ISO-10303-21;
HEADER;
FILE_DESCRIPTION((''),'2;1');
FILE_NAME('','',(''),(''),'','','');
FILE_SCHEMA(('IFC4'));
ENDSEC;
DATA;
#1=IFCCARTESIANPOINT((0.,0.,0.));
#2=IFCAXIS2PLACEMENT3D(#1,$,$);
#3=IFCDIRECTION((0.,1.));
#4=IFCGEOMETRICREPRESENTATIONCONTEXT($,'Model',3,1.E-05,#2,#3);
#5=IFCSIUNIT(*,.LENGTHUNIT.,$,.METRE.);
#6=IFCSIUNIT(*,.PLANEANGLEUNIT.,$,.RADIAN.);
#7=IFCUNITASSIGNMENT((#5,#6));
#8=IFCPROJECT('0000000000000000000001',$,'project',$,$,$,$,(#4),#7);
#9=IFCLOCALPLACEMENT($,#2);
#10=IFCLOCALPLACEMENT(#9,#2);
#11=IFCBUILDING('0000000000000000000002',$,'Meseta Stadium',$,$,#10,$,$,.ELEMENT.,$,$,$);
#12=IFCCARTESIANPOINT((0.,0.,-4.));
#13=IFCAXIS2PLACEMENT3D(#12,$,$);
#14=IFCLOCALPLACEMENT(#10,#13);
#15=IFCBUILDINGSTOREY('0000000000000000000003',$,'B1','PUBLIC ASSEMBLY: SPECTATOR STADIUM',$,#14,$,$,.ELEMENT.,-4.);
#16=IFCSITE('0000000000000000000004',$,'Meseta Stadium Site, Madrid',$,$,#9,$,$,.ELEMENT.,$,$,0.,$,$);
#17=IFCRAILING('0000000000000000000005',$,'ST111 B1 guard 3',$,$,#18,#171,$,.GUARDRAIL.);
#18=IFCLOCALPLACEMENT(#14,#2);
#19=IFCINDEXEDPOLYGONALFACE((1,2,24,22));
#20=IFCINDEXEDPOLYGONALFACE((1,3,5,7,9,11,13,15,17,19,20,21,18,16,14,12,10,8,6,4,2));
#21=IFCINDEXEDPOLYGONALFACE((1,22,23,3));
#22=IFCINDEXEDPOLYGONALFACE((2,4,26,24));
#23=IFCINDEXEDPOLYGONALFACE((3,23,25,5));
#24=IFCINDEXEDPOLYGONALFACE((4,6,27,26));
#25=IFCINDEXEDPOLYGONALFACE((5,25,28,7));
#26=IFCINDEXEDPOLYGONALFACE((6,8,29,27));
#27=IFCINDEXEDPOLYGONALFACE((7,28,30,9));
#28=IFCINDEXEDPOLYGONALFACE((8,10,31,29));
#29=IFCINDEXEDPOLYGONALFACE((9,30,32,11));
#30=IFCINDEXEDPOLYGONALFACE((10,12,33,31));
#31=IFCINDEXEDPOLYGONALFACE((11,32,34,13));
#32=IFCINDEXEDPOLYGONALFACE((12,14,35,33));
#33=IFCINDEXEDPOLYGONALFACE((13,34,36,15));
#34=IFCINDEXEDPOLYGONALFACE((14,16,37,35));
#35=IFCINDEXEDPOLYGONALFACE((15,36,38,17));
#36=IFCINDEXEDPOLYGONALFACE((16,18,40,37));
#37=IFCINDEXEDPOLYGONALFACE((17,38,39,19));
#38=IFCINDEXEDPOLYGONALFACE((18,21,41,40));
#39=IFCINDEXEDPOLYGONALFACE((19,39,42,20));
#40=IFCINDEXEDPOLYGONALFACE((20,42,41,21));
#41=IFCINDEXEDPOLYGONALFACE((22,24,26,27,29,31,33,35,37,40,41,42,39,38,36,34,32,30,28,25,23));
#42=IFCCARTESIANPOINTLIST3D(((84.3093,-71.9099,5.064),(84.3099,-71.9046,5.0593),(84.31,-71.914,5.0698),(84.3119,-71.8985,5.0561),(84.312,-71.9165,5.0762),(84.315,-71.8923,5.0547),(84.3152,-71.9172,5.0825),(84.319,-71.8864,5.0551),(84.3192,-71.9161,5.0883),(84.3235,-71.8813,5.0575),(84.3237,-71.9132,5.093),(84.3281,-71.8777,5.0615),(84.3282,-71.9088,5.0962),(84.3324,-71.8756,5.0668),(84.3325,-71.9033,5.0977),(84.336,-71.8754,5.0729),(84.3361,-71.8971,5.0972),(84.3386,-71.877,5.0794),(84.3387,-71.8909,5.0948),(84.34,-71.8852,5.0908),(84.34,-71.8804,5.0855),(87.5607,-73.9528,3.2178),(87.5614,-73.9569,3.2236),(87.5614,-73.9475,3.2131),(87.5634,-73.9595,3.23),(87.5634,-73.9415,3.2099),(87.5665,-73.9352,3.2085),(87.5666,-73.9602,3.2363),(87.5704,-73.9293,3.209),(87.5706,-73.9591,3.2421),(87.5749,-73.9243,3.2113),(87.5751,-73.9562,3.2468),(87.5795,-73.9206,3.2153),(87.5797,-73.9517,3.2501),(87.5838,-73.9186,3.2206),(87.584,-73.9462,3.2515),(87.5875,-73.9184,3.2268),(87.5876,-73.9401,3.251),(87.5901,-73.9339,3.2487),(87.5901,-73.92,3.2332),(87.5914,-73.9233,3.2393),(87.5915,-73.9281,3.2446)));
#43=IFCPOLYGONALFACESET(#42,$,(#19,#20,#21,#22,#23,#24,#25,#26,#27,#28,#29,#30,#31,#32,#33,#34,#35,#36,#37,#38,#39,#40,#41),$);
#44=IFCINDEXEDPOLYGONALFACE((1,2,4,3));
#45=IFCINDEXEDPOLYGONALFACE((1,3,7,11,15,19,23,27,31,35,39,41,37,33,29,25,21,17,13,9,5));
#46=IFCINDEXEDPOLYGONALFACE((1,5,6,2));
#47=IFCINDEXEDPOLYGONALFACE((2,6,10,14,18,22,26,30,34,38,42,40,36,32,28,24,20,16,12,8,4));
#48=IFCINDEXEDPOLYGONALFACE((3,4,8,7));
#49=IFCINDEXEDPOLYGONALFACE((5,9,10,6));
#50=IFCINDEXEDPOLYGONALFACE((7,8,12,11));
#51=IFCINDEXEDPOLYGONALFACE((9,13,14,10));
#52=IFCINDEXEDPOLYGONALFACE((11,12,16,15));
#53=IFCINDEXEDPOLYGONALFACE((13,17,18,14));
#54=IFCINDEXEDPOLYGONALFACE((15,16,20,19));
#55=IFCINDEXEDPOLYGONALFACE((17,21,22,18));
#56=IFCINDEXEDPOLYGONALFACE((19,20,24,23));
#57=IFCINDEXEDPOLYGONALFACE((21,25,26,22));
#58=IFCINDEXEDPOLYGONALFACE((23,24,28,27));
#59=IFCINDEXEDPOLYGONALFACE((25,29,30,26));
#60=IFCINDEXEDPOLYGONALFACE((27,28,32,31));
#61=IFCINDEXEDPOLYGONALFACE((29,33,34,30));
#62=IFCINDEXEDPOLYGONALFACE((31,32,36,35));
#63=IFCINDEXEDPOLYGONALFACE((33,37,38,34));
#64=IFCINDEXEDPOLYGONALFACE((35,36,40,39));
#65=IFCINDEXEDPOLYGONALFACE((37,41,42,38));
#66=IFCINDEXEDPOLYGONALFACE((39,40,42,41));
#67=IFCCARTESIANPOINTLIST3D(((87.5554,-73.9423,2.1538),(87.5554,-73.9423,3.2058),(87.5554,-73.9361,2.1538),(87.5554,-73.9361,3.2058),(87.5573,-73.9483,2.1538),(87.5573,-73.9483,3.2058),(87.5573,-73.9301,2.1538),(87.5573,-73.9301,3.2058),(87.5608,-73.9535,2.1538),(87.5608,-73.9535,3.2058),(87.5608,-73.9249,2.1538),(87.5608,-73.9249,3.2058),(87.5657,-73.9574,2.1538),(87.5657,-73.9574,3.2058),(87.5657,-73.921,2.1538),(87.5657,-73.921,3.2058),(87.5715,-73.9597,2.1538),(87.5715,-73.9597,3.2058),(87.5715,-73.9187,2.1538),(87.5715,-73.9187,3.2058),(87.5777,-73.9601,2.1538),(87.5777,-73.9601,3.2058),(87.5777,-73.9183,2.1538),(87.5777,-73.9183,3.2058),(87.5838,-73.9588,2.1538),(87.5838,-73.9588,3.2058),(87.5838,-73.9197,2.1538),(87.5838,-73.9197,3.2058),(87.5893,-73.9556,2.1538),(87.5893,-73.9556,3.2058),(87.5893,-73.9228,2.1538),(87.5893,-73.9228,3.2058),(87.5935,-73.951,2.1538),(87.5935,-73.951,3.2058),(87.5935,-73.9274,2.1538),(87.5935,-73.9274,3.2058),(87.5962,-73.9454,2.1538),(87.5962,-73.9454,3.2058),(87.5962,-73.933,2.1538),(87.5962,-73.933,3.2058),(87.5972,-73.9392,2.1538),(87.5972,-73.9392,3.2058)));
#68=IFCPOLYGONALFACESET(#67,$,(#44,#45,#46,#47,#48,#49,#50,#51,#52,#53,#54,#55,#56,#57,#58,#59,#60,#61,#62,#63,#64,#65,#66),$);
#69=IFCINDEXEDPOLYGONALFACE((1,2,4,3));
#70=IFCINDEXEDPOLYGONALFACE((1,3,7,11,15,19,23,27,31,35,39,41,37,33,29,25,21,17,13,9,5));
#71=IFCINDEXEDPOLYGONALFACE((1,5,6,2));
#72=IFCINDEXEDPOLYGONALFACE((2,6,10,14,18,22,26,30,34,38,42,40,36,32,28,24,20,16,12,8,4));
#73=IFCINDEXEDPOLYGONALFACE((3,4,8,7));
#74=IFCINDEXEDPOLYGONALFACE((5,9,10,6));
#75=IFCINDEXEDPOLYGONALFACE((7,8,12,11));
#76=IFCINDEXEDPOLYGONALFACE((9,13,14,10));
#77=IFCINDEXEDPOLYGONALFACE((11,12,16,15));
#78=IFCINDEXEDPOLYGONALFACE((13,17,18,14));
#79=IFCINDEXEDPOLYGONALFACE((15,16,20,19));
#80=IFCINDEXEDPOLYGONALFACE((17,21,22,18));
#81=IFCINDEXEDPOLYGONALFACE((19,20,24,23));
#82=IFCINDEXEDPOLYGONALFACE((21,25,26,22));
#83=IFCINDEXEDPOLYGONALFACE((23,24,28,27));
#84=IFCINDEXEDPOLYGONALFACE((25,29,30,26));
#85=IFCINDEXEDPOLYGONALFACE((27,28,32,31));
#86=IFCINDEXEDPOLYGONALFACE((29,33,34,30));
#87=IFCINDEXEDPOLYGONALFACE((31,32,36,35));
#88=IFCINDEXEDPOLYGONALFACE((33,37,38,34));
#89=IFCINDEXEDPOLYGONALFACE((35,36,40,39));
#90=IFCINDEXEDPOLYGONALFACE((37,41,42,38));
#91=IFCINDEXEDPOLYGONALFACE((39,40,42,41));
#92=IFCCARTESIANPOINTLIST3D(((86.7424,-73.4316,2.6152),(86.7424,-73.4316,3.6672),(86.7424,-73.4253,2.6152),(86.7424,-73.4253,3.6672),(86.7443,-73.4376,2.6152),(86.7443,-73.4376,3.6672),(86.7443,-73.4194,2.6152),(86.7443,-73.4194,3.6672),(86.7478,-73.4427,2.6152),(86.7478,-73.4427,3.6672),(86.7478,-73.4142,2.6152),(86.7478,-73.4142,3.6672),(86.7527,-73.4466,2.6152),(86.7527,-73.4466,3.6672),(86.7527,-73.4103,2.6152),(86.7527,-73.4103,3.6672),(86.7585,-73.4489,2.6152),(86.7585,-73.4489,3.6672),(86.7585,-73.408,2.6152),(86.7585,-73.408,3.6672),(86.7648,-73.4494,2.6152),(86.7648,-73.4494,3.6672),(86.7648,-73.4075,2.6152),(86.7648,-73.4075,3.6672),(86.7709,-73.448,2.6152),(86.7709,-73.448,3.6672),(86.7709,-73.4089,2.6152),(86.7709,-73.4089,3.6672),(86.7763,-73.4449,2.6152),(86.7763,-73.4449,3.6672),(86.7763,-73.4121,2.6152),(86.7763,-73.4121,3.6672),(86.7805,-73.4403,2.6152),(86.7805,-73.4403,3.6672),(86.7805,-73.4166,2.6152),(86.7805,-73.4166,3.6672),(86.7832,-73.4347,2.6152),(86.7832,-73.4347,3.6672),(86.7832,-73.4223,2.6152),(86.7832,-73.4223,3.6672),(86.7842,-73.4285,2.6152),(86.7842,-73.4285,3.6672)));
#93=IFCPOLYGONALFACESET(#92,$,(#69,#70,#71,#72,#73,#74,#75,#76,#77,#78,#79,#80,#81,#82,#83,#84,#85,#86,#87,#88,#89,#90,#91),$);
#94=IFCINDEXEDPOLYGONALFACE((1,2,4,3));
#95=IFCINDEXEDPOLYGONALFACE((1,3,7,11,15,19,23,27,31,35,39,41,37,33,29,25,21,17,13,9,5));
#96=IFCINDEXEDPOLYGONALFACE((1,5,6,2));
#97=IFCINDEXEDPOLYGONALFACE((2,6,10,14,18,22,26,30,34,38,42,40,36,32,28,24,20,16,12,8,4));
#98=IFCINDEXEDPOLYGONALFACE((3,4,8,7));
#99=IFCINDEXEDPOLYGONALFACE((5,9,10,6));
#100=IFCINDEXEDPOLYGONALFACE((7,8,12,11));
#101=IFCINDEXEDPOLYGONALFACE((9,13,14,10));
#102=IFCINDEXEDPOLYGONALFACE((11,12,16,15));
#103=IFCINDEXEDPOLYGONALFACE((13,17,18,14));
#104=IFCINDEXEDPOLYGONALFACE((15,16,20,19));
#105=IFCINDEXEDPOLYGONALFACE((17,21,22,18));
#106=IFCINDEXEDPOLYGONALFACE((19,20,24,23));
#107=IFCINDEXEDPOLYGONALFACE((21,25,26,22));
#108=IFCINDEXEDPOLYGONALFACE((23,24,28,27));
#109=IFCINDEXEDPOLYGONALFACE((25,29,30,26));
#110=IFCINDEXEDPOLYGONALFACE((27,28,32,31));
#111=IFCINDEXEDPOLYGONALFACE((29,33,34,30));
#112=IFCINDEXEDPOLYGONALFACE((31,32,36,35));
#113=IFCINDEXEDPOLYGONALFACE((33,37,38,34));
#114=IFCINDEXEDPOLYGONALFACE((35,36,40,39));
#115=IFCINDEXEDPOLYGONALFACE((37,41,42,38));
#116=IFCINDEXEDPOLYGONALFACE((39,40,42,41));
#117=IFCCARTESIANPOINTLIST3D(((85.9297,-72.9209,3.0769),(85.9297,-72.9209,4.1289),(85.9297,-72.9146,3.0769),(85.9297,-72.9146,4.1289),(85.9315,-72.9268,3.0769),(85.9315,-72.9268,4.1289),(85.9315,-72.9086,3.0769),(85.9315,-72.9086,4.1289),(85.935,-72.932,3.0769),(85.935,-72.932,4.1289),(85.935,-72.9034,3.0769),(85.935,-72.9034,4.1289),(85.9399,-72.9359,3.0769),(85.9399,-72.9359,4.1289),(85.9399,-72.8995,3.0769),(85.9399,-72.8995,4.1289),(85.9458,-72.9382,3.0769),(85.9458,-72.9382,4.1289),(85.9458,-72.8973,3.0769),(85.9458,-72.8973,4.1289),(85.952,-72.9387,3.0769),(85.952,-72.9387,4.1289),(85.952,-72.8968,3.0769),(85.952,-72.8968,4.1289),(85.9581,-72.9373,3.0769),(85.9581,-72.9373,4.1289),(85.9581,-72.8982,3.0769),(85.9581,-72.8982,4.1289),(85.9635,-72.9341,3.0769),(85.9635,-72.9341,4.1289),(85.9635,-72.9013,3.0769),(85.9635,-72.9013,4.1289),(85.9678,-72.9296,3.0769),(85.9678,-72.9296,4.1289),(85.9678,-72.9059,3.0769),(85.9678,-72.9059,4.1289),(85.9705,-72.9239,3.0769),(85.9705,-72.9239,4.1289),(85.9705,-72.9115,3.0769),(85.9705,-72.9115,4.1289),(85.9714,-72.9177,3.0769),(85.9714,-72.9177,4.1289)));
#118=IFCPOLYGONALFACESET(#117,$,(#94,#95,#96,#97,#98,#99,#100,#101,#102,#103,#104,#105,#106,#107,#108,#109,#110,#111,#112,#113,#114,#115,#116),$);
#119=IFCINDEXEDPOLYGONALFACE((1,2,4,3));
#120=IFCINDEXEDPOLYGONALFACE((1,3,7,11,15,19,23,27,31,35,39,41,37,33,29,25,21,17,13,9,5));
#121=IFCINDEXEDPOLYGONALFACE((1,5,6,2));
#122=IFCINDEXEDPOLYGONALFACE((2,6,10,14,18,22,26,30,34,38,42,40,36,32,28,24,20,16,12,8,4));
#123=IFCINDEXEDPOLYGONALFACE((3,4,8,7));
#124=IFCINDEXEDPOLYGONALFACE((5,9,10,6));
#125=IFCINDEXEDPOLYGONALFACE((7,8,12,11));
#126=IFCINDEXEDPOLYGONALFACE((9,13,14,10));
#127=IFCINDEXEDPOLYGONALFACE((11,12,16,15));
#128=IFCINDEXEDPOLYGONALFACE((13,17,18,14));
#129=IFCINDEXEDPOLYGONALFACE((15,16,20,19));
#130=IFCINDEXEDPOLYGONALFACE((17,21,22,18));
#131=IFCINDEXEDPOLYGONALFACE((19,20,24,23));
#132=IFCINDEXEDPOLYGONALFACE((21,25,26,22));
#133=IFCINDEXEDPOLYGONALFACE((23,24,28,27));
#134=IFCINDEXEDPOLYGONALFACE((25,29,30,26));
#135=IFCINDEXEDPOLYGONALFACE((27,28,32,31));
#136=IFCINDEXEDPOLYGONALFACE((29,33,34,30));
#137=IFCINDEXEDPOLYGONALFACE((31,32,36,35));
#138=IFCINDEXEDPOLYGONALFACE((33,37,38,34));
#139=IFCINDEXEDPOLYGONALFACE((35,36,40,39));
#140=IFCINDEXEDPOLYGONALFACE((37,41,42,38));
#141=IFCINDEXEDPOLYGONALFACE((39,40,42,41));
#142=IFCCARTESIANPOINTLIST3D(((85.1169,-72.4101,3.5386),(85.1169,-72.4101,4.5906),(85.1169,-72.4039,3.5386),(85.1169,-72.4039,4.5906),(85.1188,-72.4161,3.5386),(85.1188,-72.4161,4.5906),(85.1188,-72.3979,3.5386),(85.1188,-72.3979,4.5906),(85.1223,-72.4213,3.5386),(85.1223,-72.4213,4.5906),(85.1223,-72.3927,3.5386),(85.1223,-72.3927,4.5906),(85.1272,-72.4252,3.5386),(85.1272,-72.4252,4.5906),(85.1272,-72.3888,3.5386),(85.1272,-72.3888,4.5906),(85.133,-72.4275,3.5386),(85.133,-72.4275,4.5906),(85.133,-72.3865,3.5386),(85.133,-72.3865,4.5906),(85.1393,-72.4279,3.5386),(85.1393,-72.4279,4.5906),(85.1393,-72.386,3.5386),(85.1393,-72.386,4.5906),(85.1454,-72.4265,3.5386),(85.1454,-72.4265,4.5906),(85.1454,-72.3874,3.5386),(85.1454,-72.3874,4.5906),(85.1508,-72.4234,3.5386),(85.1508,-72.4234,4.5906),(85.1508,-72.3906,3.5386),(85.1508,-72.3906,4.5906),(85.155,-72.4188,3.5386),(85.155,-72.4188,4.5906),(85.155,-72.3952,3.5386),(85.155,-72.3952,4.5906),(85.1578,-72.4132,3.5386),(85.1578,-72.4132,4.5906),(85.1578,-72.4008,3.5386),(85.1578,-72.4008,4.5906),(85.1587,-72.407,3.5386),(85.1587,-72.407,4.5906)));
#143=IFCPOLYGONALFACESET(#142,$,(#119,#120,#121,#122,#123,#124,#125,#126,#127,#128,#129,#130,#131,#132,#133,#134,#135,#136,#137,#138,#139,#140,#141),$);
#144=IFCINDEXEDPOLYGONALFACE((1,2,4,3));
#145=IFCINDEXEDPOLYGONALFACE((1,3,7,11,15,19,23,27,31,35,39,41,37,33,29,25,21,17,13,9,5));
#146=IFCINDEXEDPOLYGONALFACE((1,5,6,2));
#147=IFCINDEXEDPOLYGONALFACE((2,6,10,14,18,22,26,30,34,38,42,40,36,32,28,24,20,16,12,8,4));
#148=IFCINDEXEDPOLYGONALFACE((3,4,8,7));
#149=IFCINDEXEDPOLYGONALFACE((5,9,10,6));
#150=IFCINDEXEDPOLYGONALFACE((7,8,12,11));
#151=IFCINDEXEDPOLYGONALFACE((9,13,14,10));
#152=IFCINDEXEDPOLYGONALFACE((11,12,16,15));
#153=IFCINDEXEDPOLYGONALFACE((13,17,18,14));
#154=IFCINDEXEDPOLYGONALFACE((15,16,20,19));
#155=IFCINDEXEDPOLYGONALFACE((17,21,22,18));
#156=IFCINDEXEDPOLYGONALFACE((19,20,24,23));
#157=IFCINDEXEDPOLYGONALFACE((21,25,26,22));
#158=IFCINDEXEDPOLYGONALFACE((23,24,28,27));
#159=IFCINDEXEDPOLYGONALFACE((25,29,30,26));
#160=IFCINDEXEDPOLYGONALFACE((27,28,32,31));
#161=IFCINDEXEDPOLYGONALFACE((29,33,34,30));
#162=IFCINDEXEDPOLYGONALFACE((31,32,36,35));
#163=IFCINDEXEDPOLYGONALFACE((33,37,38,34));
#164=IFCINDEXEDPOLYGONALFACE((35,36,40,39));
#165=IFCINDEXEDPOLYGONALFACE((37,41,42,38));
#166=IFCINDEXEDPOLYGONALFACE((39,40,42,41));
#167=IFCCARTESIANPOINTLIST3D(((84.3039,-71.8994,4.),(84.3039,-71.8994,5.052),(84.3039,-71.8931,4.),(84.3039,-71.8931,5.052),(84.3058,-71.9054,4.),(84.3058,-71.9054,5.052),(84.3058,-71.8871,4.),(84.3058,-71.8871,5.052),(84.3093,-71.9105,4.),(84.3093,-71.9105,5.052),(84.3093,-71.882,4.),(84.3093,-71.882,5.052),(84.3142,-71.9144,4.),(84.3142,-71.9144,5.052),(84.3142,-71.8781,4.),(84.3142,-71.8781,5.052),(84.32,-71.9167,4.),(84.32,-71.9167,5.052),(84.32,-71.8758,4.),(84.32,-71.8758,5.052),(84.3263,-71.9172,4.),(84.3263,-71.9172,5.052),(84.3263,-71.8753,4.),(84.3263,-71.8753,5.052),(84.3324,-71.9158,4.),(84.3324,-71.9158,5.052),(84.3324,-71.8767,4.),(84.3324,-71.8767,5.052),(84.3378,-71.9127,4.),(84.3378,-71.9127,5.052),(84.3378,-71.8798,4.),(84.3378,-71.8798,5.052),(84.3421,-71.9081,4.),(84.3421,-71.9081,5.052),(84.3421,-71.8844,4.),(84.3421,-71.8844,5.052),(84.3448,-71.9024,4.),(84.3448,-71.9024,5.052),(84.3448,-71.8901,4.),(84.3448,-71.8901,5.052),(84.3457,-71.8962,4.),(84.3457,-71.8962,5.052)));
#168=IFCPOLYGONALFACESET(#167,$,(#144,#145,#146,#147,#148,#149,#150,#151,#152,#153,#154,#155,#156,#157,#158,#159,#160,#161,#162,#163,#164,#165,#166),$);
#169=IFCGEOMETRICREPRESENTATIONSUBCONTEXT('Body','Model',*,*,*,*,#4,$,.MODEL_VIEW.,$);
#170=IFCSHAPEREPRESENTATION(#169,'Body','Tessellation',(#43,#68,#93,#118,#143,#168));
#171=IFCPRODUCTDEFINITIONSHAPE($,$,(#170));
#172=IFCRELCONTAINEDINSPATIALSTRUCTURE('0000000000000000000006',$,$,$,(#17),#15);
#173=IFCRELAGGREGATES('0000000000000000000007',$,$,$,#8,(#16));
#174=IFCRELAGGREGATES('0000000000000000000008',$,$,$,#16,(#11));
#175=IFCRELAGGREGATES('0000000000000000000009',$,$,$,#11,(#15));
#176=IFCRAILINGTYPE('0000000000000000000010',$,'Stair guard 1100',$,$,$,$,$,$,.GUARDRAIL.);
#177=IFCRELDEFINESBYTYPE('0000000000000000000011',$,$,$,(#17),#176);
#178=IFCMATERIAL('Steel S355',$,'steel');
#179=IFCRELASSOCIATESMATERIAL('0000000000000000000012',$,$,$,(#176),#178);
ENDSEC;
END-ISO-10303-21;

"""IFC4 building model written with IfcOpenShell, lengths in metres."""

from ifc_helpers import new_model, si_unit, direction, frame, origin, origin_2d, place, context, subcontext, project, spatial, circle, extrude, material, type_object, element, save


model = new_model("IFC4")

# Units and contexts
model_context = context("Model", 3, precision=1e-05, world=origin(), true_north=direction((0.0, 1.0)))
body_context = subcontext(model_context, "Body", "Model", "MODEL_VIEW")
ifc_project = project(units=[si_unit("LENGTHUNIT", "METRE"), si_unit("PLANEANGLEUNIT", "RADIAN")], contexts=[model_context])

# Site, building, storey
site_placement = place(None, origin())
site = spatial("IfcSite", under=ifc_project, at=site_placement, Name="Meseta Stadium Site, Madrid", CompositionType="ELEMENT", RefElevation=0.0)
building_placement = place(site_placement, origin())
building = spatial("IfcBuilding", under=site, at=building_placement, Name="Meseta Stadium", CompositionType="ELEMENT")
storey_placement = place(building_placement, frame((0.0, 0.0, -4.0)))
storey = spatial("IfcBuildingStorey", under=building, at=storey_placement, Name="B1", Description="PUBLIC ASSEMBLY: SPECTATOR STADIUM", CompositionType="ELEMENT", Elevation=-4.0)

# Railing
ifc_material_1 = material(Name="Steel S355", Category="steel")
railing_type_1 = type_object("IfcRailingType", Name="Stair guard 1100", PredefinedType="GUARDRAIL", material=ifc_material_1)
railing_1_placement = place(storey_placement, frame((87.5762, -73.9392, 2.1538)))
element("IfcRailing", 1, at=railing_1_placement, inside=storey, type_object=railing_type_1, Name="ST111 B1 guard 3", PredefinedType="GUARDRAIL", context=body_context, shape_type="SweptSolid", body=[
    extrude(circle(Radius=0.0239, at=origin_2d()), frame((0.0, 0.0, 1.0762), z_axis=(-0.763117, 0.479483, 0.4333), x_axis=(-0.53202, -0.846731, 0.0)), (0.0, 0.0, 1.0), 4.2607),
    extrude(circle(Radius=0.021, at=origin_2d()), origin(), (0.0, 0.0, 1.0), 1.052),
    extrude(circle(Radius=0.021, at=origin_2d()), frame((-0.813, 0.5107, 0.4614)), (0.0, 0.0, 1.0), 1.052),
    extrude(circle(Radius=0.021, at=origin_2d()), frame((-1.6257, 1.0215, 0.9231)), (0.0, 0.0, 1.0), 1.052),
    extrude(circle(Radius=0.021, at=origin_2d()), frame((-2.4385, 1.5322, 1.3848)), (0.0, 0.0, 1.0), 1.052),
    extrude(circle(Radius=0.021, at=origin_2d()), frame((-3.2515, 2.043, 1.8462)), (0.0, 0.0, 1.0), 1.052),
])

save(model, "model.ifc")
